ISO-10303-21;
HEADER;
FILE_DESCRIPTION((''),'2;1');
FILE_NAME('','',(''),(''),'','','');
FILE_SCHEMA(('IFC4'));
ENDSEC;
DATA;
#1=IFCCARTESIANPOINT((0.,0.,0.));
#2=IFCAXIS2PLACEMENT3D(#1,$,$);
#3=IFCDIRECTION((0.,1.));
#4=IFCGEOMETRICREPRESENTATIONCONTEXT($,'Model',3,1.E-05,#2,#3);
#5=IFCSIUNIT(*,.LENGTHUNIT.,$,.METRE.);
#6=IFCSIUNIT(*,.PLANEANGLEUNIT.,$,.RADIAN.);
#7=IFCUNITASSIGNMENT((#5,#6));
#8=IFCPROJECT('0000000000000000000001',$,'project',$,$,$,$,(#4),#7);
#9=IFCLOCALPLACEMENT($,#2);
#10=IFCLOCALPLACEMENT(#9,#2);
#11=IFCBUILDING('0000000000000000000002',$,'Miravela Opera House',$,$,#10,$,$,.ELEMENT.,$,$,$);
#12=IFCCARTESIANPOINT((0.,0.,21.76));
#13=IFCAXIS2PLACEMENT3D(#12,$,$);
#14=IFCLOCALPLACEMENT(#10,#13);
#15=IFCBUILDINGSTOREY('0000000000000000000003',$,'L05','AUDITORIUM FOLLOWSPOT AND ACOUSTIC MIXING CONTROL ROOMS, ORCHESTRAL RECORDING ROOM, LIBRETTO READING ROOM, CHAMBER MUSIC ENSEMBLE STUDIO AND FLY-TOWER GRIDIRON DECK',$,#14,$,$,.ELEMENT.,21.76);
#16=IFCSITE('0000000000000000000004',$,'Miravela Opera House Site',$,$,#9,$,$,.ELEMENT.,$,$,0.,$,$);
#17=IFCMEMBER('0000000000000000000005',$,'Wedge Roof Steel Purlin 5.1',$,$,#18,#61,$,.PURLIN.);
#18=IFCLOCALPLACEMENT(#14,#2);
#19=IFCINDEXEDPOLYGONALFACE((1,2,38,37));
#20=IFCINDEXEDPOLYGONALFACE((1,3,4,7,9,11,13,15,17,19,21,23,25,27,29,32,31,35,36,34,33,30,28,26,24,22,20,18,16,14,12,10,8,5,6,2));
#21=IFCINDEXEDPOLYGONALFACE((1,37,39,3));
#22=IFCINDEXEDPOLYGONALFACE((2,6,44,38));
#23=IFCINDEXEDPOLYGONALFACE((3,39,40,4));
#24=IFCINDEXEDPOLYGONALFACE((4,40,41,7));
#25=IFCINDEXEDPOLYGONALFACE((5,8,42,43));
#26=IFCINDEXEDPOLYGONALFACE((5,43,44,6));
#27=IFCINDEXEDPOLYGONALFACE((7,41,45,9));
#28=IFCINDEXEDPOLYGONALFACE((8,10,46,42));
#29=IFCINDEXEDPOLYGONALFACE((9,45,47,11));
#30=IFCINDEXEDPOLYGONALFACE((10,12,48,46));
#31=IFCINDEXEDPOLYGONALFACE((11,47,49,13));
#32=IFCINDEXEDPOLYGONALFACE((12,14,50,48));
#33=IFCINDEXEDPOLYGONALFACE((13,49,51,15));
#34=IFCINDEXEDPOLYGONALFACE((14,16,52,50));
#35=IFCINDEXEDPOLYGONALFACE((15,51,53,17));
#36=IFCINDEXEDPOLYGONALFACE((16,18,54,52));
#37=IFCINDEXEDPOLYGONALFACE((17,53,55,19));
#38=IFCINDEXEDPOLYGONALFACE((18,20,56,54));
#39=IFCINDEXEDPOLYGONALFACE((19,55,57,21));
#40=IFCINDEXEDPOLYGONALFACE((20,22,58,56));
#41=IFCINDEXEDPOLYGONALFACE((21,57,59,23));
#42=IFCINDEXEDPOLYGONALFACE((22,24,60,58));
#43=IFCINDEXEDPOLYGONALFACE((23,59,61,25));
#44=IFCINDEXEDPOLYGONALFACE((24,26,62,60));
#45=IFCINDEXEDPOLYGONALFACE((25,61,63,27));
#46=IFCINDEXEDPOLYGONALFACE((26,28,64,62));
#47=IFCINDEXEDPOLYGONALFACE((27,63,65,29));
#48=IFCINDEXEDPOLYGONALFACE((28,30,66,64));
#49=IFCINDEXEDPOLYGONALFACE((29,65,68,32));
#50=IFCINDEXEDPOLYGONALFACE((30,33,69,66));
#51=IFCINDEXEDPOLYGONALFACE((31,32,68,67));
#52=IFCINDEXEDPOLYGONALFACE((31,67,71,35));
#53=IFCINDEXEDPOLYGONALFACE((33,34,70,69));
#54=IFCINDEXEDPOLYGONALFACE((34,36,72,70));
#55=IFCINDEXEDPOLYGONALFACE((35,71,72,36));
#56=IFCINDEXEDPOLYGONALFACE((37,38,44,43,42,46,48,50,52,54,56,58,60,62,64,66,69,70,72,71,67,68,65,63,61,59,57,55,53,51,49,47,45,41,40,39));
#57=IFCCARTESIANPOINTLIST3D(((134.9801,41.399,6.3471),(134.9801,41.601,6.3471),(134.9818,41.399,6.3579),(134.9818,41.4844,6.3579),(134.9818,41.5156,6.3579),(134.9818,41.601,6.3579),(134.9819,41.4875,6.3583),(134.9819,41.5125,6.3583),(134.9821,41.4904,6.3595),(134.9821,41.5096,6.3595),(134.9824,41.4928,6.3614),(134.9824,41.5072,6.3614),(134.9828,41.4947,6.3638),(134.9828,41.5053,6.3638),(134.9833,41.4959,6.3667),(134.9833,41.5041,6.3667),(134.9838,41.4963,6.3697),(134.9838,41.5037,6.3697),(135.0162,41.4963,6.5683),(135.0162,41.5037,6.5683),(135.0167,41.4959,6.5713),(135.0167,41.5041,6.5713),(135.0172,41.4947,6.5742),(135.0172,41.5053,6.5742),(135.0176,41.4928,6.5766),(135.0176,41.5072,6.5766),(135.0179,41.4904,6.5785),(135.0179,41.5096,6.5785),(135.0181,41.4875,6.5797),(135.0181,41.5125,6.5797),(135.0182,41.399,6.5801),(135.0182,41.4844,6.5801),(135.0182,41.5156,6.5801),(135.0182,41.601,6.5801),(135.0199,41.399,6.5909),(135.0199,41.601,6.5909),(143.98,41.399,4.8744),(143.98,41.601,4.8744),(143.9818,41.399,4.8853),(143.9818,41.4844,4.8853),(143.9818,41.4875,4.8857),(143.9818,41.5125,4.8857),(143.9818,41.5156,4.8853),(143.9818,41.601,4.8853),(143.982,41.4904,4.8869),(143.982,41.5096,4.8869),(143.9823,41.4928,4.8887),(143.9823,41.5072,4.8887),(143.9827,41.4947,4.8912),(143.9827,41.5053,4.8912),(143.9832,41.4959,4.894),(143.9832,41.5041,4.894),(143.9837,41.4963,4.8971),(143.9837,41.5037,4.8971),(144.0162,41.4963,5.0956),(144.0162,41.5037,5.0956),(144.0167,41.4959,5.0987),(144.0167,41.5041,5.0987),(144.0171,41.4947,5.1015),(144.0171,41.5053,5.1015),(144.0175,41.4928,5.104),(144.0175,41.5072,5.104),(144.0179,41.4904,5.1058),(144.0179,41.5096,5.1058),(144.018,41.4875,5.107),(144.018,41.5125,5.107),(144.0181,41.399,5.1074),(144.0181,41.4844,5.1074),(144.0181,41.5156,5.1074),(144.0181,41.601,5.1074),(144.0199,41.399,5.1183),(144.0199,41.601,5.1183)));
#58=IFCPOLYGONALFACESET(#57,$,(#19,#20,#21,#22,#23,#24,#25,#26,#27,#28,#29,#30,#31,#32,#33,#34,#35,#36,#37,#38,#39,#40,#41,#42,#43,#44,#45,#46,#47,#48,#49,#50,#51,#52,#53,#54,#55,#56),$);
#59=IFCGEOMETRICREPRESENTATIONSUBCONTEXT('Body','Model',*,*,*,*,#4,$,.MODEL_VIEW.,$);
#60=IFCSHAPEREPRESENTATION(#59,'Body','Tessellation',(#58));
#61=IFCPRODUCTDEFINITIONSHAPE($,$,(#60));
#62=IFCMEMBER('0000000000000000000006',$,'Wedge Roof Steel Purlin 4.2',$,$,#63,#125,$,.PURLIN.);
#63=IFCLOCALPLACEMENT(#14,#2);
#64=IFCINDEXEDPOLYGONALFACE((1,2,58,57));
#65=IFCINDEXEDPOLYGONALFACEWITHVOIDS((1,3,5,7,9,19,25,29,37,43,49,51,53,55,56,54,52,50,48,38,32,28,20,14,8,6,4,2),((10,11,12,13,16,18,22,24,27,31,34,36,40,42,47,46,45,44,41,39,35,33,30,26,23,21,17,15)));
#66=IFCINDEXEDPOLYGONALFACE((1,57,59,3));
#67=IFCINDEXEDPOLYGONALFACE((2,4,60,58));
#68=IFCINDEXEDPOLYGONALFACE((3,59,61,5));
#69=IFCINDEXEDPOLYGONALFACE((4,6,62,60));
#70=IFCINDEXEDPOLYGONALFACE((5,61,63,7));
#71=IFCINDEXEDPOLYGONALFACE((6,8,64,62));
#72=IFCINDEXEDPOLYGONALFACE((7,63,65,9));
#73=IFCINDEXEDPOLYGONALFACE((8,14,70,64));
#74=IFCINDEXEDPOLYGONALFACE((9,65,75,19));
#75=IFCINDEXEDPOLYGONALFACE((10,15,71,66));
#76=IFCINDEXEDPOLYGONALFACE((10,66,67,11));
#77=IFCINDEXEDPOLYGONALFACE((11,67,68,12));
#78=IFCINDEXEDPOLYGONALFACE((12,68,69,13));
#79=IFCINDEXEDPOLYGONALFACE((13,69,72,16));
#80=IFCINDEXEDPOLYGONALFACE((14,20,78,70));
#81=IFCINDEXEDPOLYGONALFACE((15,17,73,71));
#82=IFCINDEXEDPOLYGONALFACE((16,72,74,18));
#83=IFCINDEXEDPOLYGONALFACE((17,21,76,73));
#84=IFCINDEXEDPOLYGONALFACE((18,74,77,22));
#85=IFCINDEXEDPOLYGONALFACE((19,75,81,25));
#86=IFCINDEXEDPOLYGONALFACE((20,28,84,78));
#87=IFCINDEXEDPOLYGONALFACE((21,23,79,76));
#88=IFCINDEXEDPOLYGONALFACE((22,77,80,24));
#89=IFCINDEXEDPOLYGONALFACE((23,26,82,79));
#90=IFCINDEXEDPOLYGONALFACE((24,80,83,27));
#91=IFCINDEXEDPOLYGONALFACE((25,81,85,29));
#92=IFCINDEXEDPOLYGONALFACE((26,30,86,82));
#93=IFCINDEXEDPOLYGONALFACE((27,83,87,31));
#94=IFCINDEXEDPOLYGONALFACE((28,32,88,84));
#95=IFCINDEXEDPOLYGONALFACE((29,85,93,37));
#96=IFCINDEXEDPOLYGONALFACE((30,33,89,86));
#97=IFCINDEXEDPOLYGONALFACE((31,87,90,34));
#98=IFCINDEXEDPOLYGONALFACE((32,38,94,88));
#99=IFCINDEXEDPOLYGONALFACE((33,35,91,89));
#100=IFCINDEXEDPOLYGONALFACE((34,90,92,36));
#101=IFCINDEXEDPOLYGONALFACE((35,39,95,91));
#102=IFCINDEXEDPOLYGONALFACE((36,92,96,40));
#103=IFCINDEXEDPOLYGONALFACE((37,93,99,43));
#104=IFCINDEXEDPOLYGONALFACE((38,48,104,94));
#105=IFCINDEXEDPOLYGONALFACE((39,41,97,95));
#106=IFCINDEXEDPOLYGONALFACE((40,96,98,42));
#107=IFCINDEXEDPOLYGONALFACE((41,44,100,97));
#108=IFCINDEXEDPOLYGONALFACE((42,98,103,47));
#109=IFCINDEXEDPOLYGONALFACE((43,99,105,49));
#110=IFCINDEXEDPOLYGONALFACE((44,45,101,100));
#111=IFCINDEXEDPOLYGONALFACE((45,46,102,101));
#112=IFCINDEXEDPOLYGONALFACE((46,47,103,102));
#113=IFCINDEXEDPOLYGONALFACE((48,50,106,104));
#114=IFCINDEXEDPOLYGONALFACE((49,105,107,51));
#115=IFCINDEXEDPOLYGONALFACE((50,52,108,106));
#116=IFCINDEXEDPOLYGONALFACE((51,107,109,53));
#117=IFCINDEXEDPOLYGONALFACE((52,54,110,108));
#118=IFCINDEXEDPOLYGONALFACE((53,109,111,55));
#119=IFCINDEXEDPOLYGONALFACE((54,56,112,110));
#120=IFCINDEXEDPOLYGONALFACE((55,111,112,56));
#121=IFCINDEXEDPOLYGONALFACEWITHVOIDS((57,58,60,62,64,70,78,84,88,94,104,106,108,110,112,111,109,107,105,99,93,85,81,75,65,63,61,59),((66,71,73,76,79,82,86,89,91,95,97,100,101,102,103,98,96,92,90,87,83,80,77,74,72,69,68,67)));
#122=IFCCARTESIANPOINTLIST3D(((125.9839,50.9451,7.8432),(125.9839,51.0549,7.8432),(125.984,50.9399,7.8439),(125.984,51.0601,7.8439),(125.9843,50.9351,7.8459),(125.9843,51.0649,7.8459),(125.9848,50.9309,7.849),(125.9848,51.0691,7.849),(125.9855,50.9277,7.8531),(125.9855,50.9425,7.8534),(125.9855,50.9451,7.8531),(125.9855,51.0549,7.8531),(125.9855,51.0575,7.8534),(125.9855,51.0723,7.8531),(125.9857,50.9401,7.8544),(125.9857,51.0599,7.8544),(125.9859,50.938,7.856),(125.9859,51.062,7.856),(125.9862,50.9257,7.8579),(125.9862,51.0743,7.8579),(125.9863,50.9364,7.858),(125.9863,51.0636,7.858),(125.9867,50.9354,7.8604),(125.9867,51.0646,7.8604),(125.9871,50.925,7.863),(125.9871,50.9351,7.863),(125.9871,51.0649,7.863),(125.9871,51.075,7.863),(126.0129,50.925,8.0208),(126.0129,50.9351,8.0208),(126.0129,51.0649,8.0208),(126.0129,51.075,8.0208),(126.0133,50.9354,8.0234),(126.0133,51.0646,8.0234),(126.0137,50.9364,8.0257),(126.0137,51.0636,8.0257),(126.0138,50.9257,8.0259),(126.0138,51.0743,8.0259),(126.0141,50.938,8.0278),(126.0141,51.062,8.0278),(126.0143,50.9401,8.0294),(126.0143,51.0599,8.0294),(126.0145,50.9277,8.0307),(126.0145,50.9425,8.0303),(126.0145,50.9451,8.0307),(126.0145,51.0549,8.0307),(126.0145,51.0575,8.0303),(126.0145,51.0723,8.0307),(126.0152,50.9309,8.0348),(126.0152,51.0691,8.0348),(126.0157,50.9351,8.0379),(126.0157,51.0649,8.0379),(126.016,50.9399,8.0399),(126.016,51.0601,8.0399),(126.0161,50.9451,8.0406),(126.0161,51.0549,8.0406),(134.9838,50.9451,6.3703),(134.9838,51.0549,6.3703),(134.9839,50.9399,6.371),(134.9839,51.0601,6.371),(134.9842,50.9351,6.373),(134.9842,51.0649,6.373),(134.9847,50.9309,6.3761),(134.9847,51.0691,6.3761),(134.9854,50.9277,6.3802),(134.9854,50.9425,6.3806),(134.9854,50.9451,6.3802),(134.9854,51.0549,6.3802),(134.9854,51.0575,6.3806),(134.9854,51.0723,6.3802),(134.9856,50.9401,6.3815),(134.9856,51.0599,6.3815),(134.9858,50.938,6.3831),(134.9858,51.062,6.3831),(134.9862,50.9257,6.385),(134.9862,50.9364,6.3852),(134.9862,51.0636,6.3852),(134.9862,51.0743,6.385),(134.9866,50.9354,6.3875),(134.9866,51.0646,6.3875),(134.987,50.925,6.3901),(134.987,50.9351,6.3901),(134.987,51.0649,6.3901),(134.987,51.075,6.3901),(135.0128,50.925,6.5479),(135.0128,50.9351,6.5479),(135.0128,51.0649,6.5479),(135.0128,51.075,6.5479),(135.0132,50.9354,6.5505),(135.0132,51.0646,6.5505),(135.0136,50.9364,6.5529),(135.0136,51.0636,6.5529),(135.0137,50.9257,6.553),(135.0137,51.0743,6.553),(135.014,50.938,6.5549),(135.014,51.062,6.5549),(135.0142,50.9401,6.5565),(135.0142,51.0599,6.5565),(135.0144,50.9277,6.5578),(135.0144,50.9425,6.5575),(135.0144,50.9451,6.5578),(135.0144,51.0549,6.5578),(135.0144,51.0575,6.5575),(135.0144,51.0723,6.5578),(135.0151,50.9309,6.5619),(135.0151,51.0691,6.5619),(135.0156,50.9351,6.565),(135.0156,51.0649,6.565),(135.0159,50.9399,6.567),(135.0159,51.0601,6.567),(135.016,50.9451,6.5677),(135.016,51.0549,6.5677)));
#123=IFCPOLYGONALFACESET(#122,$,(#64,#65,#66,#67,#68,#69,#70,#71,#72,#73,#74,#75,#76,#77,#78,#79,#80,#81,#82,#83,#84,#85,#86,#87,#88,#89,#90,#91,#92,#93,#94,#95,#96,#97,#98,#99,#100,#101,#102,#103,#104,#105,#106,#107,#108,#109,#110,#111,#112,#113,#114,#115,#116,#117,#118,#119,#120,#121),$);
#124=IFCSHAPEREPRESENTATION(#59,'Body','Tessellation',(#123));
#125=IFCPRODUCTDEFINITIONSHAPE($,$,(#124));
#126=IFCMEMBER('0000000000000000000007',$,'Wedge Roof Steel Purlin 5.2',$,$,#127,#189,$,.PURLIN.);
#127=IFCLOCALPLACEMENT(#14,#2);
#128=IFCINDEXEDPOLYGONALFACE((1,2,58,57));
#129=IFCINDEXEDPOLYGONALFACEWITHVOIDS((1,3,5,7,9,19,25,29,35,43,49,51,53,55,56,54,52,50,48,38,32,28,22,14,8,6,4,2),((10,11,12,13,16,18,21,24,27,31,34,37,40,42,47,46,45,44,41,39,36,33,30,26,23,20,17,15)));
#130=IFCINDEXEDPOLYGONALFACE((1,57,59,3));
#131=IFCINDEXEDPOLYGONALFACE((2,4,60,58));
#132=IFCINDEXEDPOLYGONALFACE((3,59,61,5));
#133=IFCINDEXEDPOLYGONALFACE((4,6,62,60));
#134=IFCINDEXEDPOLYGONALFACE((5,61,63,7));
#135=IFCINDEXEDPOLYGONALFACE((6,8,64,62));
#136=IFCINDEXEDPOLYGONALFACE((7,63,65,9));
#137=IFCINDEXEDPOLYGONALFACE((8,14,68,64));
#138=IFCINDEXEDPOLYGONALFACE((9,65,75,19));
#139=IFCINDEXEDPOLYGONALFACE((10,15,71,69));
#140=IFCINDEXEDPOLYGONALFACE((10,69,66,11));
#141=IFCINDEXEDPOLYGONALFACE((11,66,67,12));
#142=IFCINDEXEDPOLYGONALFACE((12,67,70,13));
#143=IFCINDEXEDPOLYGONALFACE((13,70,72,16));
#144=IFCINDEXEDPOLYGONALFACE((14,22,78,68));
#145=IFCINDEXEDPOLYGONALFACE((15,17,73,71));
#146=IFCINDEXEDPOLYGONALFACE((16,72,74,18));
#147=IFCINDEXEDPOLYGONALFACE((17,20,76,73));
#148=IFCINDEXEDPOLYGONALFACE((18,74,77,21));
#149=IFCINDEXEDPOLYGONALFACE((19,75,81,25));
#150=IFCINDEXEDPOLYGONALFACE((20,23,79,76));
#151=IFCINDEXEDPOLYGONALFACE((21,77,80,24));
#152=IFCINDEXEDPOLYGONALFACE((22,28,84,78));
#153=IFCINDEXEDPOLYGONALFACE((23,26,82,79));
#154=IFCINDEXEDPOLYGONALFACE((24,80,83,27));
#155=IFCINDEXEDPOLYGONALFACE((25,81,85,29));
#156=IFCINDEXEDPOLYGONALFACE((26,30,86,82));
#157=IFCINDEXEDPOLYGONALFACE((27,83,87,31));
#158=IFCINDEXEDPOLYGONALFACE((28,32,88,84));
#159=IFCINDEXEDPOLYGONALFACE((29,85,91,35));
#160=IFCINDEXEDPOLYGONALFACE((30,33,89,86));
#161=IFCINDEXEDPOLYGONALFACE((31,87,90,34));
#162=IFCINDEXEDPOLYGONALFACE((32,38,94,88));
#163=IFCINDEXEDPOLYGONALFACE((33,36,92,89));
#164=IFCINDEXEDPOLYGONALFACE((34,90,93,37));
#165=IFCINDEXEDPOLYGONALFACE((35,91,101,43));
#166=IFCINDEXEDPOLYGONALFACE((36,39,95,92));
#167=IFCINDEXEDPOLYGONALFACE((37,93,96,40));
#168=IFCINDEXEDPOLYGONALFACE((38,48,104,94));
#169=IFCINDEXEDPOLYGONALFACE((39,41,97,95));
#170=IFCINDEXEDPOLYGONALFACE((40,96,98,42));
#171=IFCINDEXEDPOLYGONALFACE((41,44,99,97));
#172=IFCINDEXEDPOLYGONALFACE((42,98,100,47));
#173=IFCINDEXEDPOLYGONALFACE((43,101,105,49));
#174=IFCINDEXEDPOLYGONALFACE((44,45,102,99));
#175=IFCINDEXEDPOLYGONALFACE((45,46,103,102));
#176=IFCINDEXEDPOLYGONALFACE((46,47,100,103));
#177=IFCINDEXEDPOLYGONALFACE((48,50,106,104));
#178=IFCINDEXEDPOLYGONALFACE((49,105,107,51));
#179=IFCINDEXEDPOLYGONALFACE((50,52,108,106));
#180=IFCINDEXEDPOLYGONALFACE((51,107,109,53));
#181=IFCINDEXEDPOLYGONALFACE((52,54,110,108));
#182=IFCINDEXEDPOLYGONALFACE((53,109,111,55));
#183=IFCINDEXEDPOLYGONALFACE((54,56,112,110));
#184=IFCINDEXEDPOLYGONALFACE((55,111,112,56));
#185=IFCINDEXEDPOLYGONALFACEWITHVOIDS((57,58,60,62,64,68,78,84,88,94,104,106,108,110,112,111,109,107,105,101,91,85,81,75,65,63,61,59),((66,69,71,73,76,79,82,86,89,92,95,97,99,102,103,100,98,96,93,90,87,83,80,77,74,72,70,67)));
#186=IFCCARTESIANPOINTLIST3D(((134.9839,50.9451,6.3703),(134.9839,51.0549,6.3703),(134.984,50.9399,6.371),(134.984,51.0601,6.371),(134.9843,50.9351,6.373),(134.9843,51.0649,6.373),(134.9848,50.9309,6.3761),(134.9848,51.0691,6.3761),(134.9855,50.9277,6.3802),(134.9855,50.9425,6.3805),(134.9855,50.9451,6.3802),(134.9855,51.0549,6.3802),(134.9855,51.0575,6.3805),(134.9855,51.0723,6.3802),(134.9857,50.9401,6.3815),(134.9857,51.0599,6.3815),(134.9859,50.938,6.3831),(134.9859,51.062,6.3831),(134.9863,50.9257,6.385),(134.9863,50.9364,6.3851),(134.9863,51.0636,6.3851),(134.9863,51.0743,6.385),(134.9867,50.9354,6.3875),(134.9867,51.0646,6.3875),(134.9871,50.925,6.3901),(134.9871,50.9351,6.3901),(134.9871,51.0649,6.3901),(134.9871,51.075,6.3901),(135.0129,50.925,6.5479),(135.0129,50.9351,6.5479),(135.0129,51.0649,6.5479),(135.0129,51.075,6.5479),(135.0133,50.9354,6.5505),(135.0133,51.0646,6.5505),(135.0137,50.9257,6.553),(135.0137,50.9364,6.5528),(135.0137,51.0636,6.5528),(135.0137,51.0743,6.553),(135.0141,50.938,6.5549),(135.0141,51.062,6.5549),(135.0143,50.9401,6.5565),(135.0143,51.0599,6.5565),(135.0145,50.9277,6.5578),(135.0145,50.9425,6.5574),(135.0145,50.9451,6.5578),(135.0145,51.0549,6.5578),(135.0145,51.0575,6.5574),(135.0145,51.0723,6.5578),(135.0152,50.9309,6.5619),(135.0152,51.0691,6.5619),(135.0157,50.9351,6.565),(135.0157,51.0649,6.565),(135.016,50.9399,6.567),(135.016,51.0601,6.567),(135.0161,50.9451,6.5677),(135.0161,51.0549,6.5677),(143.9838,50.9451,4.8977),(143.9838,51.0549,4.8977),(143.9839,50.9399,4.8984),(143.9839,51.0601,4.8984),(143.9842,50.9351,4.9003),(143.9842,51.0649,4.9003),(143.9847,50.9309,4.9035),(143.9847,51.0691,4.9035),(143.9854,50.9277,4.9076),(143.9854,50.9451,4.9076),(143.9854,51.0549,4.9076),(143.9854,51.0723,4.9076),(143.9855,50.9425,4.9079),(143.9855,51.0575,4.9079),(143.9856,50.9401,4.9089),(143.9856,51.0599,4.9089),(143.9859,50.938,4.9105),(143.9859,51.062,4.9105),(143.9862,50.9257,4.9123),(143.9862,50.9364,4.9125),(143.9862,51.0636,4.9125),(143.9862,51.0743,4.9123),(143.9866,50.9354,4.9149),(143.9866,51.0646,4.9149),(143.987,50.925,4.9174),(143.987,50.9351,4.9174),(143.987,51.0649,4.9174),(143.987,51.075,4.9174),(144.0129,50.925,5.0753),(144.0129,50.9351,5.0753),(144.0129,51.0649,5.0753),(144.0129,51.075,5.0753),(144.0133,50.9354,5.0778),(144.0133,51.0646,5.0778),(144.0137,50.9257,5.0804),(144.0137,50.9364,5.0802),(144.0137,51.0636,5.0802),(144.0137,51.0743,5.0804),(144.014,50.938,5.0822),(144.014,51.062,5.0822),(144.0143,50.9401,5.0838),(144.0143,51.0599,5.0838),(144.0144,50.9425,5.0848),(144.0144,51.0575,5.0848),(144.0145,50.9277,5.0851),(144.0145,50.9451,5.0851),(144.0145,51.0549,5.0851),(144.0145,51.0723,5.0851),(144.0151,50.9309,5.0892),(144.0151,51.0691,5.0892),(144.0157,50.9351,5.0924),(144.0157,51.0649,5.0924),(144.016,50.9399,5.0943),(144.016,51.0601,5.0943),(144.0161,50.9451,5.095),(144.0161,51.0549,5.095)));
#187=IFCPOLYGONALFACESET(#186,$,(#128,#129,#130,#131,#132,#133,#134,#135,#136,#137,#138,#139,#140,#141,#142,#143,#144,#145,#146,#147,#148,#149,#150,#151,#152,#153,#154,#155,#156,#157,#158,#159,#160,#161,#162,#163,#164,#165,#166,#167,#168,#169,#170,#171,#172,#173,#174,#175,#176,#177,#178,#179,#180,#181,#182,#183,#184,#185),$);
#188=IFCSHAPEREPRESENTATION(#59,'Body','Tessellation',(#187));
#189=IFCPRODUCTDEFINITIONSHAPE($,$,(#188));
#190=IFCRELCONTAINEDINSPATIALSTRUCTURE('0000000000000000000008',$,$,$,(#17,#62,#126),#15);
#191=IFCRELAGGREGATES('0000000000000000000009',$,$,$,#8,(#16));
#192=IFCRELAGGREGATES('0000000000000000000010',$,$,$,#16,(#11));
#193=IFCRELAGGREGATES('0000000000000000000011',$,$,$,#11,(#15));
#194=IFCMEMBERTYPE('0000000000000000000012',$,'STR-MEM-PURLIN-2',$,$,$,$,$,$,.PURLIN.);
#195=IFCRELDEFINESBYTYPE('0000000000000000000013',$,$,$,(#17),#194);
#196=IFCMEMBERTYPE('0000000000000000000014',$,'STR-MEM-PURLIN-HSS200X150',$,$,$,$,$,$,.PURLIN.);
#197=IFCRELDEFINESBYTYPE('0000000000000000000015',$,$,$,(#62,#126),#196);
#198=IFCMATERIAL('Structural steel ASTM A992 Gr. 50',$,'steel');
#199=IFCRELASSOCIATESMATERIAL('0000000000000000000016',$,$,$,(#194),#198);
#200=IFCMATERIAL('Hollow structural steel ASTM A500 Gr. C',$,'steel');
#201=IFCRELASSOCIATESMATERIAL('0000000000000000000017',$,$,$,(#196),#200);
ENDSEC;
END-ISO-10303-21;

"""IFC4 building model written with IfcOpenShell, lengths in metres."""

from ifc_helpers import new_model, si_unit, direction, frame, origin, origin_2d, place, context, subcontext, project, spatial, hollow_rectangle, i_section, extrude, material, material_profile, profile_set, type_object, element, save


model = new_model("IFC4")

# Units and contexts
model_context = context("Model", 3, precision=1e-05, world=origin(), true_north=direction((0.0, 1.0)))
body_context = subcontext(model_context, "Body", "Model", "MODEL_VIEW")
ifc_project = project(units=[si_unit("LENGTHUNIT", "METRE"), si_unit("PLANEANGLEUNIT", "RADIAN")], contexts=[model_context])

# Site, building, storey
site_placement = place(None, origin())
site = spatial("IfcSite", under=ifc_project, at=site_placement, Name="Miravela Opera House Site", CompositionType="ELEMENT", RefElevation=0.0)
building_placement = place(site_placement, origin())
building = spatial("IfcBuilding", under=site, at=building_placement, Name="Miravela Opera House", CompositionType="ELEMENT")
storey_placement = place(building_placement, frame((0.0, 0.0, 21.76)))
storey = spatial("IfcBuildingStorey", under=building, at=storey_placement, Name="L05", Description="AUDITORIUM FOLLOWSPOT AND ACOUSTIC MIXING CONTROL ROOMS, ORCHESTRAL RECORDING ROOM, LIBRETTO READING ROOM, CHAMBER MUSIC ENSEMBLE STUDIO AND FLY-TOWER GRIDIRON DECK", CompositionType="ELEMENT", Elevation=21.76)

# Shared definitions
ifc_material_1 = material(Name="Structural steel ASTM A992 Gr. 50", Category="steel")

# Members
ifc_material_profile_1 = material_profile(ifc_material_1, i_section(OverallWidth=0.2019, OverallDepth=0.2471, WebThickness=0.0073, FlangeThickness=0.011, FilletRadius=0.012, at=origin_2d()), Name="W250X49")
ifc_profile_set_1 = profile_set([ifc_material_profile_1])
member_type_1 = type_object("IfcMemberType", Name="STR-MEM-PURLIN-2", PredefinedType="PURLIN", material=ifc_profile_set_1)
member_placement = place(storey_placement, frame((135.0, 41.5, 6.469), z_axis=(0.986876, 0.0, -0.161481), x_axis=(0.0, 1.0, 0.0)))
element("IfcMember", 1, at=member_placement, inside=storey, type_object=member_type_1, Name="Wedge Roof Steel Purlin 5.1", PredefinedType="PURLIN", context=body_context, shape_type="SweptSolid", body=[
    extrude(i_section(OverallWidth=0.2019, OverallDepth=0.2471, WebThickness=0.0073, FlangeThickness=0.011, FilletRadius=0.012, at=origin_2d()), origin(), (0.0, 0.0, 1.0), 9.1196),
])
ifc_material_2 = material(Name="Hollow structural steel ASTM A500 Gr. C", Category="steel")
ifc_material_profile_2 = material_profile(ifc_material_2, hollow_rectangle(XDim=0.1499, YDim=0.2, WallThickness=0.01, InnerFilletRadius=0.01, OuterFilletRadius=0.02, at=origin_2d()), Name="HSS200X150X10")
ifc_profile_set_2 = profile_set([ifc_material_profile_2])
member_type_2 = type_object("IfcMemberType", Name="STR-MEM-PURLIN-HSS200X150", PredefinedType="PURLIN", material=ifc_profile_set_2)
for number, where, z_axis, x_axis, name in (
    (2, (126.0, 51.0, 7.9419), (0.986872, 0.0, -0.161507), (0.0, 1.0, 0.0), "Wedge Roof Steel Purlin 4.2"),
    (3, (135.0, 51.0, 6.469), (0.986876, 0.0, -0.161481), (0.0, 1.0, 0.0), "Wedge Roof Steel Purlin 5.2"),
):
    element("IfcMember", number, at=place(storey_placement, frame(where, z_axis=z_axis, x_axis=x_axis)), inside=storey, type_object=member_type_2, Name=name, PredefinedType="PURLIN", context=body_context, shape_type="SweptSolid", body=[
        extrude(hollow_rectangle(XDim=0.1499, YDim=0.2, WallThickness=0.01, InnerFilletRadius=0.01, OuterFilletRadius=0.02, at=origin_2d()), origin(), (0.0, 0.0, 1.0), 9.1196),
    ])

save(model, "model.ifc")
